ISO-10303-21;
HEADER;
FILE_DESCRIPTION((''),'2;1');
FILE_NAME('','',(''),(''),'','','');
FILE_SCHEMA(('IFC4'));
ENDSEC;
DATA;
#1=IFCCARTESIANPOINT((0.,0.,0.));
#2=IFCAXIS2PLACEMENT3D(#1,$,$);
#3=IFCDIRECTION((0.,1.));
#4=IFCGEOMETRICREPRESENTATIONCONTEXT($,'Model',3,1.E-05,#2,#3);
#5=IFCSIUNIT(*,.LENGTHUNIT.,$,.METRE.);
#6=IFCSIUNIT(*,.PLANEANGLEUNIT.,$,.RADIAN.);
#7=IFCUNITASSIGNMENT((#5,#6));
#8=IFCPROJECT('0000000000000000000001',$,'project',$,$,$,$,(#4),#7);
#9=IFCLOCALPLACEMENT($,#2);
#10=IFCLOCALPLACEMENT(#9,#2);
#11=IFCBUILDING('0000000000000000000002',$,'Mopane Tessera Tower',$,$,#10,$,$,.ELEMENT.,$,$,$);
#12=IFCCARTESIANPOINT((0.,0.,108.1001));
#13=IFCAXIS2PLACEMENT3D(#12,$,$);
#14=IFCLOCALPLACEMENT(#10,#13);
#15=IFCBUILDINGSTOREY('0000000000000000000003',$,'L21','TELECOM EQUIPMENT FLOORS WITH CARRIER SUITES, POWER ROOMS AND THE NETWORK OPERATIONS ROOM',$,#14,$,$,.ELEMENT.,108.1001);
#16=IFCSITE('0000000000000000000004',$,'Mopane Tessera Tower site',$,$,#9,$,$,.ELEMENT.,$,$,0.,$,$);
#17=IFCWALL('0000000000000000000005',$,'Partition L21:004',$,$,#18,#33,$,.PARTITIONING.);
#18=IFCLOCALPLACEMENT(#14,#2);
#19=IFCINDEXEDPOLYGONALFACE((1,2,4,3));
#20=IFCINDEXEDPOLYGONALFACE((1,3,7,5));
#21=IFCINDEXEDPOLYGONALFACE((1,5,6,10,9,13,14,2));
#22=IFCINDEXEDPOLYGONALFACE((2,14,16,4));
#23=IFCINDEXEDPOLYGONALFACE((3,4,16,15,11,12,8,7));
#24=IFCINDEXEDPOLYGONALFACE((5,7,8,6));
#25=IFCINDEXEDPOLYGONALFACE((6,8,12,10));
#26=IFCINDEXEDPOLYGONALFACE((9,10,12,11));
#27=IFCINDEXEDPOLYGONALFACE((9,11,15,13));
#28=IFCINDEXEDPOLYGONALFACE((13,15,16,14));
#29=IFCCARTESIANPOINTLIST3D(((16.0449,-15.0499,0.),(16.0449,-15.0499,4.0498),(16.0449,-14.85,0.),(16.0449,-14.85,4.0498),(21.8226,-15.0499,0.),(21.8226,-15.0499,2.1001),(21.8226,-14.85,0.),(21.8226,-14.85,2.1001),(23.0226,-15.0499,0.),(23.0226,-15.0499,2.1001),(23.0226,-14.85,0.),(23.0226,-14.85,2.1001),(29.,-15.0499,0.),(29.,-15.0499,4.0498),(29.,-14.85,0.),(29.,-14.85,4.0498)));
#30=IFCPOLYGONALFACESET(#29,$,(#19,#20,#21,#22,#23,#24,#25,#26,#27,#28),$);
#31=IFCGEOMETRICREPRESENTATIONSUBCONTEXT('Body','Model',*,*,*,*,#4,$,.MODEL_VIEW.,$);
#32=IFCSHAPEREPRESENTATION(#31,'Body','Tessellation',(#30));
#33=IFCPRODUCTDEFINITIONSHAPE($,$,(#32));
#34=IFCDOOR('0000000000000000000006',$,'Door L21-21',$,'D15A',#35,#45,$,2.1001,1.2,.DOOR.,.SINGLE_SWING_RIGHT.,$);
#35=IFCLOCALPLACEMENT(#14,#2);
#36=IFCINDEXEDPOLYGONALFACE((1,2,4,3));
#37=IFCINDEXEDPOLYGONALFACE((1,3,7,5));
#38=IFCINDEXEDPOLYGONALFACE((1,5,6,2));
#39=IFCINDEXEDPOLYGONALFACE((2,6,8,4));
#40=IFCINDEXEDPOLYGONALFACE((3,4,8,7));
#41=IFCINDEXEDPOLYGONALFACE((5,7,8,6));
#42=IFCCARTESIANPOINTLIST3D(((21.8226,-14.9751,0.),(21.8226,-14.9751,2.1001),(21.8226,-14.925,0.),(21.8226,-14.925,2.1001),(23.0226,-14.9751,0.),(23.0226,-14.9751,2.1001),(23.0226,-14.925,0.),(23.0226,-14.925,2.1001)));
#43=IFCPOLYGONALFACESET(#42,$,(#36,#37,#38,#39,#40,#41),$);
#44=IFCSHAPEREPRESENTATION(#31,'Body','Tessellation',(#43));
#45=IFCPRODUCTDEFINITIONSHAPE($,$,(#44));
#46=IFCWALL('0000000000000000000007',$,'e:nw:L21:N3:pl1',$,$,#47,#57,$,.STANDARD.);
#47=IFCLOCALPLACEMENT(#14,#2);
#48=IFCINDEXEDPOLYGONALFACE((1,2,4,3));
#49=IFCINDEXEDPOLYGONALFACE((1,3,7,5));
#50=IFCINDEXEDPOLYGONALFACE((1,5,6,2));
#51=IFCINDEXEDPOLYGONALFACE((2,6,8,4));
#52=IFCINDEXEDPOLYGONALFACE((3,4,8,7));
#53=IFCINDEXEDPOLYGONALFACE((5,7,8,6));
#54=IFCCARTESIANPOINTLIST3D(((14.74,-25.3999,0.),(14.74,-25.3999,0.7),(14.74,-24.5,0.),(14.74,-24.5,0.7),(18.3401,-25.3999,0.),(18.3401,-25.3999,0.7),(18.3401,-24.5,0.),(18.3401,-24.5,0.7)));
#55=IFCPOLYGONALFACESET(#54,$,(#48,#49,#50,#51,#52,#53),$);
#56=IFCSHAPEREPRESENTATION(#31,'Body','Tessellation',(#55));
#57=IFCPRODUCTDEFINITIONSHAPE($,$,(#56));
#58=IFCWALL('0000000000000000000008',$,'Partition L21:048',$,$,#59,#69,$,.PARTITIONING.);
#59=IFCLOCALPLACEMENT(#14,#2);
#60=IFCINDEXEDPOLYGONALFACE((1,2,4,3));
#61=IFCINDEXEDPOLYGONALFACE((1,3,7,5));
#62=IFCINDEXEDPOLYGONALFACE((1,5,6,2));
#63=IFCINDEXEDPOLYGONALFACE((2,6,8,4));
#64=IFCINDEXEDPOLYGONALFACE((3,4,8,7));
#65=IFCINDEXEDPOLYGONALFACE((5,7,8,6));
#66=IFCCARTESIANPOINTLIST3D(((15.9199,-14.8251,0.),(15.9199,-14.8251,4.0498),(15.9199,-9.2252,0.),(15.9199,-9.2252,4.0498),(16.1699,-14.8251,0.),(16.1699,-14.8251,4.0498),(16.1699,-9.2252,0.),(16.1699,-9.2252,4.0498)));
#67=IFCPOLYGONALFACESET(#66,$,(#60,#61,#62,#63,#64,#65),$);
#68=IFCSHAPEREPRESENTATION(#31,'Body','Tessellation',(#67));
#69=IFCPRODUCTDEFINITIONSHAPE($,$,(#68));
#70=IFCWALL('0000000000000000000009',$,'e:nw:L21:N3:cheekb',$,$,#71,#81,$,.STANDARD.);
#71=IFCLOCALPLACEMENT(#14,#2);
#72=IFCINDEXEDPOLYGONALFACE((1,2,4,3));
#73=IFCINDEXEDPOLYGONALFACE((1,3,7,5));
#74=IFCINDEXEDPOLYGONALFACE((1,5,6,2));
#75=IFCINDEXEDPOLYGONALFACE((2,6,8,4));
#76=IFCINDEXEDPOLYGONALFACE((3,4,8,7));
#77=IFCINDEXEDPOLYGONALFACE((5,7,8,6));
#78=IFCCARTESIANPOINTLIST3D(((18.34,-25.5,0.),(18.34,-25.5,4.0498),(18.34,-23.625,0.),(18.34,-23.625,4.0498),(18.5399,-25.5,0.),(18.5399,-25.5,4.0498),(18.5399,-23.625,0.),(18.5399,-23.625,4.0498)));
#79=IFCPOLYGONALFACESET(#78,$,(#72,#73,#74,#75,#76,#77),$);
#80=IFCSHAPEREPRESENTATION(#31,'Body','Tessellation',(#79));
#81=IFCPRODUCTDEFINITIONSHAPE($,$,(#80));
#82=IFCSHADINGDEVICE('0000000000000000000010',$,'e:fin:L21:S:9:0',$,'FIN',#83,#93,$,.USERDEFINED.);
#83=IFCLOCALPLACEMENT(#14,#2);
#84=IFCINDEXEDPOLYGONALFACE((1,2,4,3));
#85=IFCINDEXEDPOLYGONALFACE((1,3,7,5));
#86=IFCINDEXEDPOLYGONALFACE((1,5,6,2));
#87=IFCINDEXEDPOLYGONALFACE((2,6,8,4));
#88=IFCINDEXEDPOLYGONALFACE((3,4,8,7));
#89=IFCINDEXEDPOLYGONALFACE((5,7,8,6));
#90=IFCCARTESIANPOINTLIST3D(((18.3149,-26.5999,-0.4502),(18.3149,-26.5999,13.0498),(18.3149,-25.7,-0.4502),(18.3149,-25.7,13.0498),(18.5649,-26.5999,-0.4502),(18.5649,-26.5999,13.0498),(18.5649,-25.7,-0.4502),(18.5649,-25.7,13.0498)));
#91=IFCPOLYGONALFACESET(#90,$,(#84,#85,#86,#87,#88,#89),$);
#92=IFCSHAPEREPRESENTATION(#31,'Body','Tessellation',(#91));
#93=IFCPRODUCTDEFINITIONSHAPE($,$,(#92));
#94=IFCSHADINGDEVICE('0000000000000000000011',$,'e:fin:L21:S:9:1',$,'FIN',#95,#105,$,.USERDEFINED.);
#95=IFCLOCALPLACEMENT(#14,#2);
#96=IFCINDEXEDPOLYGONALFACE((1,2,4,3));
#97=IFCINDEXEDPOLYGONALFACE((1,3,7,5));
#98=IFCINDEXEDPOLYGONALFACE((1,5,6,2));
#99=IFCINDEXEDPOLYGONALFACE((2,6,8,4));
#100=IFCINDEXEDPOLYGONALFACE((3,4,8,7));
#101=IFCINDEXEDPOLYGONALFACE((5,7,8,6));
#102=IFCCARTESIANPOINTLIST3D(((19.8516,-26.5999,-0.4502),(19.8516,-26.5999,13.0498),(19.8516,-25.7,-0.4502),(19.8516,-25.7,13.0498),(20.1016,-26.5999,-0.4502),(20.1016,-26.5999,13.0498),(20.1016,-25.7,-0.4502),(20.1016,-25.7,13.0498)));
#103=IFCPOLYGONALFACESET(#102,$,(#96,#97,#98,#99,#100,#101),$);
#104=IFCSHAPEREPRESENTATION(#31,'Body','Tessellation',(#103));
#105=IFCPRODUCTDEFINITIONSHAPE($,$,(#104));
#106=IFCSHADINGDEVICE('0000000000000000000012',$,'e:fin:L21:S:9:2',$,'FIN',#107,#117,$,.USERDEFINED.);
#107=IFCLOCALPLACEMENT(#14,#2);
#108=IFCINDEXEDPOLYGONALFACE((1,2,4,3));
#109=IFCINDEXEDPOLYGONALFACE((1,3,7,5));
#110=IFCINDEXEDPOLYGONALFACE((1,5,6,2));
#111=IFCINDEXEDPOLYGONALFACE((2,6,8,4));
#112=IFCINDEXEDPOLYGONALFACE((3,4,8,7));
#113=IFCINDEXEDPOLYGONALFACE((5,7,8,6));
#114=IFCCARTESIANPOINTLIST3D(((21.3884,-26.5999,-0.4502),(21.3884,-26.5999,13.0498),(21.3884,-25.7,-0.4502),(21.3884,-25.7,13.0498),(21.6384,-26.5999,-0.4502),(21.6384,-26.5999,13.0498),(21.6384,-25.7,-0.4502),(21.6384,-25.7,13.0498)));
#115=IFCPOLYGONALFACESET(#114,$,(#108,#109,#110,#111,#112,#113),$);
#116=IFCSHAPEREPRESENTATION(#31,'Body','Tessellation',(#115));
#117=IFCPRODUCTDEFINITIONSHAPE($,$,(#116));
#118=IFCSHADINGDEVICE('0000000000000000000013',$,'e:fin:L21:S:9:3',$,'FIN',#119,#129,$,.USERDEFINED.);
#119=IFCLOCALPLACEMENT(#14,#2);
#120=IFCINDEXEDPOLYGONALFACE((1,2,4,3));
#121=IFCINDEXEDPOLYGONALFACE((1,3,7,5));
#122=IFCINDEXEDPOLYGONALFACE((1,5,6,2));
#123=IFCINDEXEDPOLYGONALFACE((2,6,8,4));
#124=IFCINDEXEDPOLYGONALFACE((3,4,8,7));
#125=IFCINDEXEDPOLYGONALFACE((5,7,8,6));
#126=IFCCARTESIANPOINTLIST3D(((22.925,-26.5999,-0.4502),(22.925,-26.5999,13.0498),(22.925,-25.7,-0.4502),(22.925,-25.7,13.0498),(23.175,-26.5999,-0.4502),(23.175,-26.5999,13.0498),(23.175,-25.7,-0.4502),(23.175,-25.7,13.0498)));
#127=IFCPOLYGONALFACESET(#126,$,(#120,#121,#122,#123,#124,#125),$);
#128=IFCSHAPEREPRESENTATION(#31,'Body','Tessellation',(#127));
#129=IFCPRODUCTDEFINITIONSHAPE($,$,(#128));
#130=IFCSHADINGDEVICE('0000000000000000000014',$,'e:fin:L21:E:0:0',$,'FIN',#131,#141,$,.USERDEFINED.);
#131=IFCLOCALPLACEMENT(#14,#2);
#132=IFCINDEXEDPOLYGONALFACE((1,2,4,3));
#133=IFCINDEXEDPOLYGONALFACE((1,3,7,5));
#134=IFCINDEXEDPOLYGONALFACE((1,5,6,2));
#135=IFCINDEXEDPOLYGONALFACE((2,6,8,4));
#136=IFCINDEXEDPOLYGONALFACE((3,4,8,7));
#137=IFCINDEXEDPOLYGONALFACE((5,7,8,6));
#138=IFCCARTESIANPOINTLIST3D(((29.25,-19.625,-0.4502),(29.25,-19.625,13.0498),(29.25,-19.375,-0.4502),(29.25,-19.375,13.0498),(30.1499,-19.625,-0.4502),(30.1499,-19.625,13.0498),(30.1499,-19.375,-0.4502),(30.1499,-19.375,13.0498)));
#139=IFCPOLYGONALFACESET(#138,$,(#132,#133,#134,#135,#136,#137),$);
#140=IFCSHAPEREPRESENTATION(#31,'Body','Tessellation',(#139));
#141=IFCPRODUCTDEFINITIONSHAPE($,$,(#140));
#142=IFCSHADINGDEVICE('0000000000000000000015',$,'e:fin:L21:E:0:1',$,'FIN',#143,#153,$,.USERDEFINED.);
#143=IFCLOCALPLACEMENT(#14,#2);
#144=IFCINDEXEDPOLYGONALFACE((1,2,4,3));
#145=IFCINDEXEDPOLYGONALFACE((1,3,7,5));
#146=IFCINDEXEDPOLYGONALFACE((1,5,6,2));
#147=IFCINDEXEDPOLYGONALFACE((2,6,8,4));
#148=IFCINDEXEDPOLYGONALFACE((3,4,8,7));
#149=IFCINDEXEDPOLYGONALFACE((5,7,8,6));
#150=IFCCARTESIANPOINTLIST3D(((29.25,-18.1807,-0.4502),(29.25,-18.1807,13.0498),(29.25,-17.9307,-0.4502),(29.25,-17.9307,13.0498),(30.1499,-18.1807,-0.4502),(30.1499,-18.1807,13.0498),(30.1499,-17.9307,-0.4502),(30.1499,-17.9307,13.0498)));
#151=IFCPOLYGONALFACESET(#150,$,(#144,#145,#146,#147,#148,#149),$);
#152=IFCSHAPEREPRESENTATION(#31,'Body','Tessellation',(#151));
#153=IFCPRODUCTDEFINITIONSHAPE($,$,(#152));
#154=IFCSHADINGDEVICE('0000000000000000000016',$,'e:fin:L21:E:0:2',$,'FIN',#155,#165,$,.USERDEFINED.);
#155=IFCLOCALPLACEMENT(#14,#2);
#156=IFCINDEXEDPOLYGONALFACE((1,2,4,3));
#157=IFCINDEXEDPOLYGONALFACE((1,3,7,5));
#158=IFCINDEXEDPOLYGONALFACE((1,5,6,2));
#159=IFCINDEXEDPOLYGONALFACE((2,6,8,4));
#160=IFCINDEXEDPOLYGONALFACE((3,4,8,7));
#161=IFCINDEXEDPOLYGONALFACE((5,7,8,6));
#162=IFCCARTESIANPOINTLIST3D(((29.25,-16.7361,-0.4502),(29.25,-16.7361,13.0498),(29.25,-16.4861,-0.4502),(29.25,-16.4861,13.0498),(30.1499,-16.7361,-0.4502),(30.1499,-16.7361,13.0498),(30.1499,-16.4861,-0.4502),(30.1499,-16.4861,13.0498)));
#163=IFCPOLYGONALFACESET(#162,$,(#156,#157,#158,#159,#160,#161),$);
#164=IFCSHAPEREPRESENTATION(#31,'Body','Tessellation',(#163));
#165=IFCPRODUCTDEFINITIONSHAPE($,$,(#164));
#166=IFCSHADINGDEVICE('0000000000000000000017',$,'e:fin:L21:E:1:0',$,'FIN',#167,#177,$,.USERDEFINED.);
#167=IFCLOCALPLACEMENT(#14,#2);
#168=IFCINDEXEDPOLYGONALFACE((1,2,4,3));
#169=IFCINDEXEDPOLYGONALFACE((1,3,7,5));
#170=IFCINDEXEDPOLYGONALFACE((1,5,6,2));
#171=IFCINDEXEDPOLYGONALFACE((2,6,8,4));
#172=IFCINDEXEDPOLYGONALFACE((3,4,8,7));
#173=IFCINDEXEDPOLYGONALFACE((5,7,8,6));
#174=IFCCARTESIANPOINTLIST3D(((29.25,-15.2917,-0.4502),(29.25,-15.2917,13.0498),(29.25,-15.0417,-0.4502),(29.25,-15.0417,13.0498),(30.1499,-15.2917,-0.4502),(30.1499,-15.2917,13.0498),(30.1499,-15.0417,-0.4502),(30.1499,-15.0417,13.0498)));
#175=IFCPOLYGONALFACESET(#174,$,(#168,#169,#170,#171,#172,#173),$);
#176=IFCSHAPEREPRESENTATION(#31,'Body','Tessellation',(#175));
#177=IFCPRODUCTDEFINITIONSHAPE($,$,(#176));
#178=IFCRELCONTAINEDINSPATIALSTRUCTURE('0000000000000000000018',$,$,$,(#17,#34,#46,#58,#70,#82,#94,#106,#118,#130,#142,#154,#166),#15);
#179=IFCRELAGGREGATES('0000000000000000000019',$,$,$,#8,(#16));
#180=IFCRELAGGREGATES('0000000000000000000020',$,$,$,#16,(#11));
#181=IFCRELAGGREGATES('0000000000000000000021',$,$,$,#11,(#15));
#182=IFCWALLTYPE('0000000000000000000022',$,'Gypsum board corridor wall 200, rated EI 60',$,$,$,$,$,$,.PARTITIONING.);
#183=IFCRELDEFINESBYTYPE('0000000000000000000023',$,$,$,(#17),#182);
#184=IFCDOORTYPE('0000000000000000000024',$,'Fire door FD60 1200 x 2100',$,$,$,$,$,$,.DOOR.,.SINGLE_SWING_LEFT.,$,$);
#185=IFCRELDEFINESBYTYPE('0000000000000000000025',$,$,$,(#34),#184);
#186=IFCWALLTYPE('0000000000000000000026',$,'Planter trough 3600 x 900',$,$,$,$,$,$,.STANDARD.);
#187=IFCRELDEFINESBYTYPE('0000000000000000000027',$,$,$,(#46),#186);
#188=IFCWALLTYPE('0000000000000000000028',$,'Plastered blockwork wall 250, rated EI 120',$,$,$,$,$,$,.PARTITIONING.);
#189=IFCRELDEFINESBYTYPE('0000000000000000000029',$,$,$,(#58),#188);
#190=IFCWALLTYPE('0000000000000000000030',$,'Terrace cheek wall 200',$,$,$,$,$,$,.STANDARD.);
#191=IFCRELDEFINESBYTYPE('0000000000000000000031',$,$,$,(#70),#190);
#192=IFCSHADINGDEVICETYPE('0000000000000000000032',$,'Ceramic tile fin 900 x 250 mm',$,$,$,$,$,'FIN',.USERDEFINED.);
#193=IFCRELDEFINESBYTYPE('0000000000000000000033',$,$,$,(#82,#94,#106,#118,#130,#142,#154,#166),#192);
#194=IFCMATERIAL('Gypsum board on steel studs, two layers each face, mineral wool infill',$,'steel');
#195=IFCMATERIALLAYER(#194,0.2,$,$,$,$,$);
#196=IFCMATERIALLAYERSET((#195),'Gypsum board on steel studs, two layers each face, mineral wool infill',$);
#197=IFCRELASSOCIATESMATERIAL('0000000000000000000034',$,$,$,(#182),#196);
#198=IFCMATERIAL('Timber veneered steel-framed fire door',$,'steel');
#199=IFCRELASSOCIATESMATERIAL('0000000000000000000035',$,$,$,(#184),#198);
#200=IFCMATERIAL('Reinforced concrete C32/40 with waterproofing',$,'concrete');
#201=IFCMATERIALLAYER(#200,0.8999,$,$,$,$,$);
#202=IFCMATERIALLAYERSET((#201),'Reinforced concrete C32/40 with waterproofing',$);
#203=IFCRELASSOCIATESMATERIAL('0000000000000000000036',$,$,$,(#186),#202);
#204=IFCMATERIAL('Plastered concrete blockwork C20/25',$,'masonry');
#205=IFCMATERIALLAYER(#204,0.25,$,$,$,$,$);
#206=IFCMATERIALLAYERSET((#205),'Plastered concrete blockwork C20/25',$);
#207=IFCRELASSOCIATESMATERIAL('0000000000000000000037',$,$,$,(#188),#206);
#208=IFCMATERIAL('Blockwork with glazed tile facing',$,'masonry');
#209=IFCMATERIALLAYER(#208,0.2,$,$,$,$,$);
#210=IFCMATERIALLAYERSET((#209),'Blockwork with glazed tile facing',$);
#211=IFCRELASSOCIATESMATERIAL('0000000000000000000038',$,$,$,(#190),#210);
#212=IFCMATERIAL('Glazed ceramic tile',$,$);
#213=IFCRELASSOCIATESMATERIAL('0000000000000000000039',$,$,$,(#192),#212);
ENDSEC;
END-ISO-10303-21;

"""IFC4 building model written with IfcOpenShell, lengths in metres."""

from ifc_helpers import new_model, si_unit, direction, frame, frame_2d, origin, origin_2d, place, context, subcontext, project, spatial, rectangle, extrude, material, layer, layer_set, type_object, element, fill, save


model = new_model("IFC4")

# Units and contexts
model_context = context("Model", 3, precision=1e-05, world=origin(), true_north=direction((0.0, 1.0)))
body_context = subcontext(model_context, "Body", "Model", "MODEL_VIEW")
ifc_project = project(units=[si_unit("LENGTHUNIT", "METRE"), si_unit("PLANEANGLEUNIT", "RADIAN")], contexts=[model_context])

# Site, building, storey
site_placement = place(None, origin())
site = spatial("IfcSite", under=ifc_project, at=site_placement, Name="Mopane Tessera Tower site", CompositionType="ELEMENT", RefElevation=0.0)
building_placement = place(site_placement, origin())
building = spatial("IfcBuilding", under=site, at=building_placement, Name="Mopane Tessera Tower", CompositionType="ELEMENT")
storey_placement = place(building_placement, frame((0.0, 0.0, 108.1001)))
storey = spatial("IfcBuildingStorey", under=building, at=storey_placement, Name="L21", Description="TELECOM EQUIPMENT FLOORS WITH CARRIER SUITES, POWER ROOMS AND THE NETWORK OPERATIONS ROOM", CompositionType="ELEMENT", Elevation=108.1001)

# Wall, opening, door
ifc_material_1 = material(Name="Gypsum board on steel studs, two layers each face, mineral wool infill", Category="steel")
ifc_layer_1 = layer(ifc_material_1, 0.2)
ifc_layer_set_1 = layer_set([ifc_layer_1], Name="Gypsum board on steel studs, two layers each face, mineral wool infill")
wall_type_1 = type_object("IfcWallType", Name="Gypsum board corridor wall 200, rated EI 60", PredefinedType="PARTITIONING", material=ifc_layer_set_1)
wall_1_placement = place(storey_placement, frame((16.0449, -14.95, 0.0), z_axis=(0.0, 0.0, 1.0), x_axis=(1.0, 0.0, 0.0)))
wall_1 = element("IfcWall", 1, at=wall_1_placement, inside=storey, type_object=wall_type_1, Name="Partition L21:004", PredefinedType="PARTITIONING", context=body_context, shape_type="SweptSolid", body=[
    extrude(rectangle(XDim=12.9551, YDim=0.2, at=frame_2d((6.4775, 0.0))), origin(), (0.0, 0.0, 1.0), 4.0498),
])
opening_placement = place(wall_1_placement, frame((5.7776, 0.0, 0.0)))
opening = element("IfcOpeningElement", 2, at=opening_placement, cuts=wall_1, PredefinedType="OPENING", context=body_context, shape_type="SweptSolid", body=[
    extrude(rectangle(XDim=1.2, YDim=2.1001, at=frame_2d((0.6001, 1.05))), frame((0.0, 0.1121, 0.0), z_axis=(0.0, -1.0, 0.0), x_axis=(1.0, 0.0, 0.0)), (0.0, 0.0, 1.0), 0.2239),
])
ifc_material_2 = material(Name="Timber veneered steel-framed fire door", Category="steel")
door_type = type_object("IfcDoorType", Name="Fire door FD60 1200 x 2100", OperationType="SINGLE_SWING_LEFT", PredefinedType="DOOR", material=ifc_material_2)
door_placement = place(opening_placement, origin())
door = element("IfcDoor", 3, at=door_placement, inside=storey, type_object=door_type, Name="Door L21-21", ObjectType="D15A", OperationType="SINGLE_SWING_RIGHT", OverallHeight=2.1001, OverallWidth=1.2, PredefinedType="DOOR", context=body_context, shape_type="SweptSolid", body=[
    extrude(rectangle(XDim=1.2, YDim=2.1001, at=frame_2d((0.6001, 1.05))), frame((0.0, 0.0249, 0.0), z_axis=(0.0, -1.0, 0.0), x_axis=(1.0, 0.0, 0.0)), (0.0, 0.0, 1.0), 0.05),
])
fill(opening, door)

# Walls
ifc_material_3 = material(Name="Reinforced concrete C32/40 with waterproofing", Category="concrete")
ifc_layer_2 = layer(ifc_material_3, 0.8999)
ifc_layer_set_2 = layer_set([ifc_layer_2], Name="Reinforced concrete C32/40 with waterproofing")
wall_type_2 = type_object("IfcWallType", Name="Planter trough 3600 x 900", PredefinedType="STANDARD", material=ifc_layer_set_2)
wall_2_placement = place(storey_placement, frame((14.74, -24.95, 0.0), z_axis=(0.0, 0.0, 1.0), x_axis=(1.0, 0.0, 0.0)))
element("IfcWall", 4, at=wall_2_placement, inside=storey, type_object=wall_type_2, Name="e:nw:L21:N3:pl1", PredefinedType="STANDARD", context=body_context, shape_type="SweptSolid", body=[
    extrude(rectangle(XDim=3.6001, YDim=0.8999, at=frame_2d((1.8, 0.0))), origin(), (0.0, 0.0, 1.0), 0.7),
])
ifc_material_4 = material(Name="Plastered concrete blockwork C20/25", Category="masonry")
ifc_layer_3 = layer(ifc_material_4, 0.25)
ifc_layer_set_3 = layer_set([ifc_layer_3], Name="Plastered concrete blockwork C20/25")
wall_type_3 = type_object("IfcWallType", Name="Plastered blockwork wall 250, rated EI 120", PredefinedType="PARTITIONING", material=ifc_layer_set_3)
wall_3_placement = place(storey_placement, frame((16.0449, -14.825, 0.0), z_axis=(0.0, 0.0, 1.0), x_axis=(0.0, 1.0, 0.0)))
element("IfcWall", 5, at=wall_3_placement, inside=storey, type_object=wall_type_3, Name="Partition L21:048", PredefinedType="PARTITIONING", context=body_context, shape_type="SweptSolid", body=[
    extrude(rectangle(XDim=5.5999, YDim=0.25, at=frame_2d((2.7998, 0.0))), origin(), (0.0, 0.0, 1.0), 4.0498),
])
ifc_material_5 = material(Name="Blockwork with glazed tile facing", Category="masonry")
ifc_layer_4 = layer(ifc_material_5, 0.2)
ifc_layer_set_4 = layer_set([ifc_layer_4], Name="Blockwork with glazed tile facing")
wall_type_4 = type_object("IfcWallType", Name="Terrace cheek wall 200", PredefinedType="STANDARD", material=ifc_layer_set_4)
wall_4_placement = place(storey_placement, frame((18.4399, -25.5, 0.0), z_axis=(0.0, 0.0, 1.0), x_axis=(0.0, 1.0, 0.0)))
element("IfcWall", 6, at=wall_4_placement, inside=storey, type_object=wall_type_4, Name="e:nw:L21:N3:cheekb", PredefinedType="STANDARD", context=body_context, shape_type="SweptSolid", body=[
    extrude(rectangle(XDim=1.875, YDim=0.2, at=frame_2d((0.9375, 0.0))), origin(), (0.0, 0.0, 1.0), 4.0498),
])

# Shading devices
ifc_material_6 = material(Name="Glazed ceramic tile")
shading_device_type = type_object("IfcShadingDeviceType", Name="Ceramic tile fin 900 x 250 mm", ElementType="FIN", PredefinedType="USERDEFINED", material=ifc_material_6)
for number, where, z_axis, x_axis, name in (
    (7, (18.4399, -26.1499, -0.4502), (0.0, 0.0, 1.0), (1.0, 0.0, 0.0), "e:fin:L21:S:9:0"),
    (8, (19.9766, -26.1499, -0.4502), (0.0, 0.0, 1.0), (1.0, 0.0, 0.0), "e:fin:L21:S:9:1"),
    (9, (21.5134, -26.1499, -0.4502), (0.0, 0.0, 1.0), (1.0, 0.0, 0.0), "e:fin:L21:S:9:2"),
    (10, (23.05, -26.1499, -0.4502), (0.0, 0.0, 1.0), (1.0, 0.0, 0.0), "e:fin:L21:S:9:3"),
    (11, (29.7, -19.5, -0.4502), (0.0, 0.0, 1.0), (0.0, 1.0, 0.0), "e:fin:L21:E:0:0"),
    (12, (29.7, -18.0557, -0.4502), (0.0, 0.0, 1.0), (0.0, 1.0, 0.0), "e:fin:L21:E:0:1"),
    (13, (29.7, -16.6111, -0.4502), (0.0, 0.0, 1.0), (0.0, 1.0, 0.0), "e:fin:L21:E:0:2"),
    (14, (29.7, -15.1667, -0.4502), (0.0, 0.0, 1.0), (0.0, 1.0, 0.0), "e:fin:L21:E:1:0"),
):
    element("IfcShadingDevice", number, at=place(storey_placement, frame(where, z_axis=z_axis, x_axis=x_axis)), inside=storey, type_object=shading_device_type, Name=name, ObjectType="FIN", PredefinedType="USERDEFINED", context=body_context, shape_type="SweptSolid", body=[
        extrude(rectangle(XDim=0.25, YDim=0.8999, at=origin_2d()), origin(), (0.0, 0.0, 1.0), 13.5),
    ])

save(model, "model.ifc")
